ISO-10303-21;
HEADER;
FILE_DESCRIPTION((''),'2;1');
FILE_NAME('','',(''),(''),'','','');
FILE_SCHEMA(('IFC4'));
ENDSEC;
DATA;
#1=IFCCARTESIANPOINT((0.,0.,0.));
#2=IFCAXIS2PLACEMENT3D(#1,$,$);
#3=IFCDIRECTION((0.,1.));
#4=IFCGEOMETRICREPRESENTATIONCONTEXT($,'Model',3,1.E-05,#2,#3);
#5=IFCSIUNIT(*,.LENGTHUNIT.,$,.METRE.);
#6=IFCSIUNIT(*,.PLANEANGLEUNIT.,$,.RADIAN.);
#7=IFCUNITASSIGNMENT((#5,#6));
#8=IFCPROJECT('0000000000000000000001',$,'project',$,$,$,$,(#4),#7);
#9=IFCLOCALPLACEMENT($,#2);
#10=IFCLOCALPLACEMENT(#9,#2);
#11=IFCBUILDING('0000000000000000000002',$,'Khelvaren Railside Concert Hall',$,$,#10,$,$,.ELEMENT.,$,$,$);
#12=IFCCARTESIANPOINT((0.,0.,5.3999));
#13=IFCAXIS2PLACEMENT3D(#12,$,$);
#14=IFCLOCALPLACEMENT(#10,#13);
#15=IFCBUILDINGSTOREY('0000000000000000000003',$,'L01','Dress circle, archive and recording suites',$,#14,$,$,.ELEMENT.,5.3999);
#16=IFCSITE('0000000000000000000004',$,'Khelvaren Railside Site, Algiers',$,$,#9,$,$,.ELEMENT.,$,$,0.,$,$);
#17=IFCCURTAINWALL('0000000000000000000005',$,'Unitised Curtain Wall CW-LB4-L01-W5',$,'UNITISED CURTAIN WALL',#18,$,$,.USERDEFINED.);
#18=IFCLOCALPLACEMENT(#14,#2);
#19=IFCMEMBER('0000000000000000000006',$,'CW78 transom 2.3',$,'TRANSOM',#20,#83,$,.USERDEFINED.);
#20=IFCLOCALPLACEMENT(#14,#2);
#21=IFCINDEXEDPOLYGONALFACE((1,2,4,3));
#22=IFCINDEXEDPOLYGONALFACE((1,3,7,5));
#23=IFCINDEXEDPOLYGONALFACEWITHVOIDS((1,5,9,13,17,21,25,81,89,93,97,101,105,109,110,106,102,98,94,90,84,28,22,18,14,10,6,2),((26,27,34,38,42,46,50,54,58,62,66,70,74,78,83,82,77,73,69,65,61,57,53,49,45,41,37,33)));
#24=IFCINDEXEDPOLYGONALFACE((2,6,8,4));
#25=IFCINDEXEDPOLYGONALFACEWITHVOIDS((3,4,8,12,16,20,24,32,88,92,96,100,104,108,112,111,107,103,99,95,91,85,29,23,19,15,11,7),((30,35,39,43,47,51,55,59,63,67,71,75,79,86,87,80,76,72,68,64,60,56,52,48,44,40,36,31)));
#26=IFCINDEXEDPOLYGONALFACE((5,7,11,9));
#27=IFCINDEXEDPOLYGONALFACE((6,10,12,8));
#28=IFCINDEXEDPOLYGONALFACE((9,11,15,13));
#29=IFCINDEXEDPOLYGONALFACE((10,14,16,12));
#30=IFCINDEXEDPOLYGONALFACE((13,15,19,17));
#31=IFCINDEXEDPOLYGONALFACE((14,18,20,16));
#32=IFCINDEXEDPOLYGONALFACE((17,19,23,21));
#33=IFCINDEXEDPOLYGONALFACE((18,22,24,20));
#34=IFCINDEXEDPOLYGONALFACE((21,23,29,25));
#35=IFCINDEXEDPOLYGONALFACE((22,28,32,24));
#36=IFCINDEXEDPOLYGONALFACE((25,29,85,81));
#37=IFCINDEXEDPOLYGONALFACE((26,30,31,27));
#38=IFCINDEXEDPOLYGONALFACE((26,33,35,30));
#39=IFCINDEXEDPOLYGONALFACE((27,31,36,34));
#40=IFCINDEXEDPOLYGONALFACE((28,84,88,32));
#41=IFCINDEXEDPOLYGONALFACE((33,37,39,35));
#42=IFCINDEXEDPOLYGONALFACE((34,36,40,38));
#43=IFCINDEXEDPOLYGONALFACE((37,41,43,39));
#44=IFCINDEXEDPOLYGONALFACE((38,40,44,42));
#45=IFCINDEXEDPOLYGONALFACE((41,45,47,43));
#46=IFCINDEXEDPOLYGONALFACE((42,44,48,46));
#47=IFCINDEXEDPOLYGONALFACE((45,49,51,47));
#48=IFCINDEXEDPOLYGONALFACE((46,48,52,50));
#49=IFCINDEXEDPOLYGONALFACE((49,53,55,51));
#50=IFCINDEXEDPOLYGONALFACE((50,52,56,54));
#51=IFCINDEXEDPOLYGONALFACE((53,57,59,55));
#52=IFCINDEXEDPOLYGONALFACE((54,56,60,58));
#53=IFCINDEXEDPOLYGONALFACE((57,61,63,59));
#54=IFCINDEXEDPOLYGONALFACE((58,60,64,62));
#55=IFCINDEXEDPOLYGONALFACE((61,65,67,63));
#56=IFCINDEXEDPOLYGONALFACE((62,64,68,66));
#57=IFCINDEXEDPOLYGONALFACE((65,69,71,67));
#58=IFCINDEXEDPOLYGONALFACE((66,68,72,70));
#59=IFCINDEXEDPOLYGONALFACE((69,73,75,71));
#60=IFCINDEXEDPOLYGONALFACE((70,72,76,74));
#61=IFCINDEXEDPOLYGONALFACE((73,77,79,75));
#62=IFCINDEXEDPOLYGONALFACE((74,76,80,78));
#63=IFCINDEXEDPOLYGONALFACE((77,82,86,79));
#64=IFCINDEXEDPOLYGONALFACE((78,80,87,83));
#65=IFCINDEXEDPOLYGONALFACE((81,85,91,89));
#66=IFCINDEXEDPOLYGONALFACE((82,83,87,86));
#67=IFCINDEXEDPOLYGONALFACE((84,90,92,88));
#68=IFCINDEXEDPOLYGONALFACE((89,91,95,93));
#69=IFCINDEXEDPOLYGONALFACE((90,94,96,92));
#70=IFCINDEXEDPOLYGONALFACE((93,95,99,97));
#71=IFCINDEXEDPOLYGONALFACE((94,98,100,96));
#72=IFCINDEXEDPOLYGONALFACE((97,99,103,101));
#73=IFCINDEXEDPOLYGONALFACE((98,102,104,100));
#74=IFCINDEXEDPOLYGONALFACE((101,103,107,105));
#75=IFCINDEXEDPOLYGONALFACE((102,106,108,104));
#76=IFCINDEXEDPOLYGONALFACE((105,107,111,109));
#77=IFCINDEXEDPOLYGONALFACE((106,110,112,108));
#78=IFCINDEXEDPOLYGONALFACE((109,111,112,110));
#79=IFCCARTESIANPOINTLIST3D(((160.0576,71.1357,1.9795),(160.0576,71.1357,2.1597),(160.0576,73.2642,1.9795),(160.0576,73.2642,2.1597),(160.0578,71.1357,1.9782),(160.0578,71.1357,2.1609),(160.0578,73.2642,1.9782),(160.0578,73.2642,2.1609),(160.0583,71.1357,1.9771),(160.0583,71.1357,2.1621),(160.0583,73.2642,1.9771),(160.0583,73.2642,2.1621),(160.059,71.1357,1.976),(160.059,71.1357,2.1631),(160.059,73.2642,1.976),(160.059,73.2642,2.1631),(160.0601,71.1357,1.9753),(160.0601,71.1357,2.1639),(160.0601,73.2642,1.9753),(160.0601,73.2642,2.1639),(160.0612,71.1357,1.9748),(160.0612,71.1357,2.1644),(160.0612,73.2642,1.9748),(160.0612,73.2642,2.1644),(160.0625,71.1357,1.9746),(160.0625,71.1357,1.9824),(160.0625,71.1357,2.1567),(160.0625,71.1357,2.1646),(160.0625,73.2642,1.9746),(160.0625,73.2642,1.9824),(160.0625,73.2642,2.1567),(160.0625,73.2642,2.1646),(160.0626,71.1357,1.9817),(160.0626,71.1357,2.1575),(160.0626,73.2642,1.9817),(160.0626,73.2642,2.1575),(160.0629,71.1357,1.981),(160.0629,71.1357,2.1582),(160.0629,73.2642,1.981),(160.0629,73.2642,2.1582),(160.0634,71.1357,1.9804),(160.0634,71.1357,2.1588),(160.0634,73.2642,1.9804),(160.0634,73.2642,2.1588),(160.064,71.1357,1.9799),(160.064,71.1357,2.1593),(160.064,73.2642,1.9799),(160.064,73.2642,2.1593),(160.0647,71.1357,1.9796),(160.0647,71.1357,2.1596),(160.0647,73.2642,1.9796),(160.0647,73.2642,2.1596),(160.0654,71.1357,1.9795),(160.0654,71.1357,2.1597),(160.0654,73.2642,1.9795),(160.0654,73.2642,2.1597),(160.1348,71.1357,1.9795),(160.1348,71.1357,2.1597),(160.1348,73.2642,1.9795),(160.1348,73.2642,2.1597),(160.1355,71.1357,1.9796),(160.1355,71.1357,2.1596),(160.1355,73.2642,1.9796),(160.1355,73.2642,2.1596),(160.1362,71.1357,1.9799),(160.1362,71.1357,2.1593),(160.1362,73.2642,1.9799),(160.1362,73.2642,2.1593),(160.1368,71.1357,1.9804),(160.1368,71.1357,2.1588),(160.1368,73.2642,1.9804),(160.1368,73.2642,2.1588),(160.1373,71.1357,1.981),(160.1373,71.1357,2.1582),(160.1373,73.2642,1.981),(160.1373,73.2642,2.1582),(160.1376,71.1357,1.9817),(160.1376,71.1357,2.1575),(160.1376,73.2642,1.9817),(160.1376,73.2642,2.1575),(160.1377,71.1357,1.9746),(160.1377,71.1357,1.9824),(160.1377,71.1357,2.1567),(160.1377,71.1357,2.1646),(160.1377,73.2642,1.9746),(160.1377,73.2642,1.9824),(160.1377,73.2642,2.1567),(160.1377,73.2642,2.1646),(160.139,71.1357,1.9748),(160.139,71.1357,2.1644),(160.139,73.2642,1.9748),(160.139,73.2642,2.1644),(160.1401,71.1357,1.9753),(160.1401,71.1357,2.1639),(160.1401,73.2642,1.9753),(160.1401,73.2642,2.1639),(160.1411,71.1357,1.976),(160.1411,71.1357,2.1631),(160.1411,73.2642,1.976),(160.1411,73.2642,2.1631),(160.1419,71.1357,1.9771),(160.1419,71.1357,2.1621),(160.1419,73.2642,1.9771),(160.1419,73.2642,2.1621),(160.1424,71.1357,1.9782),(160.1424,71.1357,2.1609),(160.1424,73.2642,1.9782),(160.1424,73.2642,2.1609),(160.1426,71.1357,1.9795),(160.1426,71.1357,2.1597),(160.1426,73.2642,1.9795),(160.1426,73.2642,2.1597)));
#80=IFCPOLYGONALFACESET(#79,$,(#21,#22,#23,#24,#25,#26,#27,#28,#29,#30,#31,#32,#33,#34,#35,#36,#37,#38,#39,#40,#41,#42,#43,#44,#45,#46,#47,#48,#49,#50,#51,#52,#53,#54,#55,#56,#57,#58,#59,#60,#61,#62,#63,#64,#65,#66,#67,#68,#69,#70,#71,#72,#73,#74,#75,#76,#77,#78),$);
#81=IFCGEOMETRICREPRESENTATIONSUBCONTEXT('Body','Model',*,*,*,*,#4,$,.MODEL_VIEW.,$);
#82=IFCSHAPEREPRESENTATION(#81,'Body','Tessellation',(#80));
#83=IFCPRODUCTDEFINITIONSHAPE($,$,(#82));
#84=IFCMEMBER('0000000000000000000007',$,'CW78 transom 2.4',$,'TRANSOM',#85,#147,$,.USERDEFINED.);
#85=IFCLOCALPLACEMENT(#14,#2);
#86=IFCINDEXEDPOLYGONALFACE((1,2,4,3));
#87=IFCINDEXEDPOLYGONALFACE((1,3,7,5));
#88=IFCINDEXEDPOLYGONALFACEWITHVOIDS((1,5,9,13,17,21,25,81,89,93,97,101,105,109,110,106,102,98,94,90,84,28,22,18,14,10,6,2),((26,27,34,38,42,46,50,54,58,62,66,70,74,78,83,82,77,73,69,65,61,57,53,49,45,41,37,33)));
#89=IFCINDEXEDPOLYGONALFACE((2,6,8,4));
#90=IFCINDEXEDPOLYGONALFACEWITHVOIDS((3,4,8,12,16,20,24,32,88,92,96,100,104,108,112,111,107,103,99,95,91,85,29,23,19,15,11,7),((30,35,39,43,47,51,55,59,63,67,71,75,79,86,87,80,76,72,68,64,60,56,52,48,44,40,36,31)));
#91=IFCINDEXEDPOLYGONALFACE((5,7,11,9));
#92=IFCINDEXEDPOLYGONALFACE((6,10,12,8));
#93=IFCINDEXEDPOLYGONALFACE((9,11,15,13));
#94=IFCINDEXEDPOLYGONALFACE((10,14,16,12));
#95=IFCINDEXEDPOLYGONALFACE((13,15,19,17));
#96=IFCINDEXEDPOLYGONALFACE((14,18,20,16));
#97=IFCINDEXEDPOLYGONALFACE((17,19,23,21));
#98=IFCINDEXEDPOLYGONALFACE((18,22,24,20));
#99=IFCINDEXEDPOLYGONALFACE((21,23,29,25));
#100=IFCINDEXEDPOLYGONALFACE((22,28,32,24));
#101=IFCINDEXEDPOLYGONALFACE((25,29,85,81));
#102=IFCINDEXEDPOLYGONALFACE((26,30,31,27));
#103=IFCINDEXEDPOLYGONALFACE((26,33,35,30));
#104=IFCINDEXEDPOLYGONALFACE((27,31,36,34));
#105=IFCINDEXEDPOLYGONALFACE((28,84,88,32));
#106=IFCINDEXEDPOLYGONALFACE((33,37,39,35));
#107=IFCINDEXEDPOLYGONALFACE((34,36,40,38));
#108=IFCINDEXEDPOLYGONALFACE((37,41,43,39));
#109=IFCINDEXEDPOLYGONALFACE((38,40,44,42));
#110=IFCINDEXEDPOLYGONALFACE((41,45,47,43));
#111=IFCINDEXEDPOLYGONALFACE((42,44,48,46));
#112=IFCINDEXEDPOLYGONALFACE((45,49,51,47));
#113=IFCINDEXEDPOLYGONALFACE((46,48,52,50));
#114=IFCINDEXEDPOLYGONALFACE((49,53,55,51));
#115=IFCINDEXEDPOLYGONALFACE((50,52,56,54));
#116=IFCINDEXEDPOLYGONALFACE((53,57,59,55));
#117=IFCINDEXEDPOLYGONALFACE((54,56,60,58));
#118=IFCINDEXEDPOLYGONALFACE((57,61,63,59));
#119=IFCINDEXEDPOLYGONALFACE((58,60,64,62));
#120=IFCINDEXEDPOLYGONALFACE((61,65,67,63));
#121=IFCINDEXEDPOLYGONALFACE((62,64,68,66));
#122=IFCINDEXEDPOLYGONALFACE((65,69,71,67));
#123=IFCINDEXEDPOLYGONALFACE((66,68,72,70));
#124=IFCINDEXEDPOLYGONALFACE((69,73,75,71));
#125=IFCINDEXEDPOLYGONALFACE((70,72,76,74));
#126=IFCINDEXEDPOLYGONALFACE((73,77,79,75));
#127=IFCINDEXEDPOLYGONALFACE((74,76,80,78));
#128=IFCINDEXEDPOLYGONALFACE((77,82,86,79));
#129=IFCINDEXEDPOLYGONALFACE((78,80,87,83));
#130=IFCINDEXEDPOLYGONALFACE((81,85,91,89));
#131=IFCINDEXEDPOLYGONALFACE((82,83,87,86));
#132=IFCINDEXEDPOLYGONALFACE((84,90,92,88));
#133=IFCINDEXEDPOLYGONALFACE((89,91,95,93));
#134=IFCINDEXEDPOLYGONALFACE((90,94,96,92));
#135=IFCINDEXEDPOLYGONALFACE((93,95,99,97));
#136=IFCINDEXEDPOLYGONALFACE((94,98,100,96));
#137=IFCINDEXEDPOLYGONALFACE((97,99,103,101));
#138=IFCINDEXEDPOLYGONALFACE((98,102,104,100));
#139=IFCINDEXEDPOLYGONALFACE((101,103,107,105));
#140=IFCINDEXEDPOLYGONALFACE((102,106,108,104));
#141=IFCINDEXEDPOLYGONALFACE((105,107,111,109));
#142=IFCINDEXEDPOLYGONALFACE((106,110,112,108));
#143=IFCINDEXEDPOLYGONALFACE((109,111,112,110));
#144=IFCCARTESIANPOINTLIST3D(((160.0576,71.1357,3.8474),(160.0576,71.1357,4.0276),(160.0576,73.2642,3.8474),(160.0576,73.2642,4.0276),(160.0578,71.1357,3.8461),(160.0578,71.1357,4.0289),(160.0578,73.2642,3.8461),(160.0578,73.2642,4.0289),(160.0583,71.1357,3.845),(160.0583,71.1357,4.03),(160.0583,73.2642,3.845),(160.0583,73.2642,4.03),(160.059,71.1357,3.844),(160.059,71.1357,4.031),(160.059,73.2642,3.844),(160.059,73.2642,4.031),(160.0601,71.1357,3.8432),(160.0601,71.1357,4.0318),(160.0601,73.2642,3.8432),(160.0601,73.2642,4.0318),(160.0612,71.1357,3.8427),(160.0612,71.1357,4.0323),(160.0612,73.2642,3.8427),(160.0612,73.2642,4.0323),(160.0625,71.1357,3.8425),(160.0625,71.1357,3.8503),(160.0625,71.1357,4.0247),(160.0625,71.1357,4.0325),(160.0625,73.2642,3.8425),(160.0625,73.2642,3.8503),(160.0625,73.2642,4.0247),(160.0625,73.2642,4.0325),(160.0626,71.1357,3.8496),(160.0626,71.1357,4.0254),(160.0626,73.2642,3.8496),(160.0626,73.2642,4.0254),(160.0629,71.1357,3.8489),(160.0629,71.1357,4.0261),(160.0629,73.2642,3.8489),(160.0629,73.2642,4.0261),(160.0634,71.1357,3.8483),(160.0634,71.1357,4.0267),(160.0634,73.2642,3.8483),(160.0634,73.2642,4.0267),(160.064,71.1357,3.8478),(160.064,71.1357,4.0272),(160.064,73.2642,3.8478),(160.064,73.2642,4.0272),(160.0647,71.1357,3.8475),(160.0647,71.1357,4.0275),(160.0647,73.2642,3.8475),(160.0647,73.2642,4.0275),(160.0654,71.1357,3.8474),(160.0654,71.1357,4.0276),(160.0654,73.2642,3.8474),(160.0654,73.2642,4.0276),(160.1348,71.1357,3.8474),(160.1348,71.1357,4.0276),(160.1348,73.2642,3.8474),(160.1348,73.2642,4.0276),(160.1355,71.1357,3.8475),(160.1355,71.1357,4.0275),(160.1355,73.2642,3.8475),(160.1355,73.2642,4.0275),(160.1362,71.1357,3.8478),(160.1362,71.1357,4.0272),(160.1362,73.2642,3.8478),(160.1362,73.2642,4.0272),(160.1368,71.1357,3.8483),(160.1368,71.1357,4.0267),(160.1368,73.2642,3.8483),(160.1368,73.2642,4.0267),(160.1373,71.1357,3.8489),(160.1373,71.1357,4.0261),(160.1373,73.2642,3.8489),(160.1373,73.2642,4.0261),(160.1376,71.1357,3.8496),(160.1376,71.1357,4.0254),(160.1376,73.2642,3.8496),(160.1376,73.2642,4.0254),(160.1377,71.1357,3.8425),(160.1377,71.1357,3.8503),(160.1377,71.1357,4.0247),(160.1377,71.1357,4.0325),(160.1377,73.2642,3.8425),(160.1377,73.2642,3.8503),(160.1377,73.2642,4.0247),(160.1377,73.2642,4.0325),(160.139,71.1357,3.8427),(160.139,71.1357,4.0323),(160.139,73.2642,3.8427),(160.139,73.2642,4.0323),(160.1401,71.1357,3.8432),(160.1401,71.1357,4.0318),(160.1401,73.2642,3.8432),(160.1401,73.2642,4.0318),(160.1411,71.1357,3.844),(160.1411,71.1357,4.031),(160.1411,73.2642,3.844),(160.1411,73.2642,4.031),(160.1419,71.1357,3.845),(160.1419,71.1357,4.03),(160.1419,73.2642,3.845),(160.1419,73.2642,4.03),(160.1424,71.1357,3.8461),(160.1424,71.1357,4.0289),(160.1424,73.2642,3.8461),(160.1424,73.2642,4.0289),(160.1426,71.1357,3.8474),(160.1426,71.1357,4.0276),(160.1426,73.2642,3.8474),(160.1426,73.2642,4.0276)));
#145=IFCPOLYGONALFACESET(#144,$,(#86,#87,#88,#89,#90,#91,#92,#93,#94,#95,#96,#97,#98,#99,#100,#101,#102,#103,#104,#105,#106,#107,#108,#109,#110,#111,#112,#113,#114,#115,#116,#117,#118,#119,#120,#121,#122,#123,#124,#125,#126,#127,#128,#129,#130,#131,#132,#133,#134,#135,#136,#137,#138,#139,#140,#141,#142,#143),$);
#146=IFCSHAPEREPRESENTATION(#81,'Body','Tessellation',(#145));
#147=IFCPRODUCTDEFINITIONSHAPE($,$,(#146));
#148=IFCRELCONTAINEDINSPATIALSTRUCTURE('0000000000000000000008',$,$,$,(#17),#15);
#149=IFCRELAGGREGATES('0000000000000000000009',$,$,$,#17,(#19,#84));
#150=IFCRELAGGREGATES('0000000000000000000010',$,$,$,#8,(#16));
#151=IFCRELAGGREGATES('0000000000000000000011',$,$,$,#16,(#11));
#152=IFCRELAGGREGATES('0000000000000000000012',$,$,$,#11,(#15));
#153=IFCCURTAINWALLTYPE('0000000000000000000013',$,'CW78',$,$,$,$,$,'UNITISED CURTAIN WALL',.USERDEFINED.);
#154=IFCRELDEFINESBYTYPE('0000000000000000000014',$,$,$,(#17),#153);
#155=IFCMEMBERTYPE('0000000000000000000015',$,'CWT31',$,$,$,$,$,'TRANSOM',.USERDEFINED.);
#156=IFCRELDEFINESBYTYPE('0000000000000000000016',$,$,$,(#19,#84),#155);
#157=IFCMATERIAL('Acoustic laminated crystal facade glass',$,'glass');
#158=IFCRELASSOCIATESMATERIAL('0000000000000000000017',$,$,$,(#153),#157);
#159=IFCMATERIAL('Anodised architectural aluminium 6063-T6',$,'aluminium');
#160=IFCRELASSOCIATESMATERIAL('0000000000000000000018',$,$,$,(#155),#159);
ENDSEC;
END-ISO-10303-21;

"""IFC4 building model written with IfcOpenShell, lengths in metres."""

from ifc_helpers import new_model, si_unit, direction, frame, origin, origin_2d, place, context, subcontext, project, spatial, hollow_rectangle, extrude, material, material_profile, profile_set, type_object, element, aggregate, save


model = new_model("IFC4")

# Units and contexts
model_context = context("Model", 3, precision=1e-05, world=origin(), true_north=direction((0.0, 1.0)))
body_context = subcontext(model_context, "Body", "Model", "MODEL_VIEW")
ifc_project = project(units=[si_unit("LENGTHUNIT", "METRE"), si_unit("PLANEANGLEUNIT", "RADIAN")], contexts=[model_context])

# Site, building, storey
site_placement = place(None, origin())
site = spatial("IfcSite", under=ifc_project, at=site_placement, Name="Khelvaren Railside Site, Algiers", CompositionType="ELEMENT", RefElevation=0.0)
building_placement = place(site_placement, origin())
building = spatial("IfcBuilding", under=site, at=building_placement, Name="Khelvaren Railside Concert Hall", CompositionType="ELEMENT")
storey_placement = place(building_placement, frame((0.0, 0.0, 5.3999)))
storey = spatial("IfcBuildingStorey", under=building, at=storey_placement, Name="L01", Description="Dress circle, archive and recording suites", CompositionType="ELEMENT", Elevation=5.3999)

# Shared definitions
ifc_material_1 = material(Name="Acoustic laminated crystal facade glass", Category="glass")
curtain_wall_type = type_object("IfcCurtainWallType", Name="CW78", ElementType="UNITISED CURTAIN WALL", PredefinedType="USERDEFINED", material=ifc_material_1)
ifc_material_2 = material(Name="Anodised architectural aluminium 6063-T6", Category="aluminium")

# Curtain wall, members
curtain_wall_1_placement = place(storey_placement, origin())
curtain_wall_1 = element("IfcCurtainWall", 1, at=curtain_wall_1_placement, inside=storey, type_object=curtain_wall_type, Name="Unitised Curtain Wall CW-LB4-L01-W5", ObjectType="UNITISED CURTAIN WALL", PredefinedType="USERDEFINED")
ifc_material_profile_1 = material_profile(ifc_material_2, hollow_rectangle(XDim=0.085, YDim=0.1899, WallThickness=0.0049, InnerFilletRadius=0.0029, OuterFilletRadius=0.0049, at=origin_2d()), Name="CWT 85x190x5")
ifc_profile_set_1 = profile_set([ifc_material_profile_1], Name="Anodised architectural aluminium 6063-T6")
member_type_1 = type_object("IfcMemberType", Name="CWT31", ElementType="TRANSOM", PredefinedType="USERDEFINED", material=ifc_profile_set_1)
member_1_placement = place(storey_placement, frame((160.1001, 71.1357, 2.0696), z_axis=(0.0, 1.0, 0.0), x_axis=(-1.0, 0.0, 0.0)))
member_1 = element("IfcMember", 2, at=member_1_placement, type_object=member_type_1, Name="CW78 transom 2.3", ObjectType="TRANSOM", PredefinedType="USERDEFINED", context=body_context, shape_type="SweptSolid", body=[
    extrude(hollow_rectangle(XDim=0.085, YDim=0.1899, WallThickness=0.0049, InnerFilletRadius=0.0029, OuterFilletRadius=0.0049, at=origin_2d()), origin(), (0.0, 0.0, 1.0), 2.1284),
])
member_2_placement = place(storey_placement, frame((160.1001, 71.1357, 3.9375), z_axis=(0.0, 1.0, 0.0), x_axis=(-1.0, 0.0, 0.0)))
member_2 = element("IfcMember", 3, at=member_2_placement, type_object=member_type_1, Name="CW78 transom 2.4", ObjectType="TRANSOM", PredefinedType="USERDEFINED", context=body_context, shape_type="SweptSolid", body=[
    extrude(hollow_rectangle(XDim=0.085, YDim=0.1899, WallThickness=0.0049, InnerFilletRadius=0.0029, OuterFilletRadius=0.0049, at=origin_2d()), origin(), (0.0, 0.0, 1.0), 2.1284),
])

aggregate(curtain_wall_1, [member_1, member_2])

save(model, "model.ifc")
